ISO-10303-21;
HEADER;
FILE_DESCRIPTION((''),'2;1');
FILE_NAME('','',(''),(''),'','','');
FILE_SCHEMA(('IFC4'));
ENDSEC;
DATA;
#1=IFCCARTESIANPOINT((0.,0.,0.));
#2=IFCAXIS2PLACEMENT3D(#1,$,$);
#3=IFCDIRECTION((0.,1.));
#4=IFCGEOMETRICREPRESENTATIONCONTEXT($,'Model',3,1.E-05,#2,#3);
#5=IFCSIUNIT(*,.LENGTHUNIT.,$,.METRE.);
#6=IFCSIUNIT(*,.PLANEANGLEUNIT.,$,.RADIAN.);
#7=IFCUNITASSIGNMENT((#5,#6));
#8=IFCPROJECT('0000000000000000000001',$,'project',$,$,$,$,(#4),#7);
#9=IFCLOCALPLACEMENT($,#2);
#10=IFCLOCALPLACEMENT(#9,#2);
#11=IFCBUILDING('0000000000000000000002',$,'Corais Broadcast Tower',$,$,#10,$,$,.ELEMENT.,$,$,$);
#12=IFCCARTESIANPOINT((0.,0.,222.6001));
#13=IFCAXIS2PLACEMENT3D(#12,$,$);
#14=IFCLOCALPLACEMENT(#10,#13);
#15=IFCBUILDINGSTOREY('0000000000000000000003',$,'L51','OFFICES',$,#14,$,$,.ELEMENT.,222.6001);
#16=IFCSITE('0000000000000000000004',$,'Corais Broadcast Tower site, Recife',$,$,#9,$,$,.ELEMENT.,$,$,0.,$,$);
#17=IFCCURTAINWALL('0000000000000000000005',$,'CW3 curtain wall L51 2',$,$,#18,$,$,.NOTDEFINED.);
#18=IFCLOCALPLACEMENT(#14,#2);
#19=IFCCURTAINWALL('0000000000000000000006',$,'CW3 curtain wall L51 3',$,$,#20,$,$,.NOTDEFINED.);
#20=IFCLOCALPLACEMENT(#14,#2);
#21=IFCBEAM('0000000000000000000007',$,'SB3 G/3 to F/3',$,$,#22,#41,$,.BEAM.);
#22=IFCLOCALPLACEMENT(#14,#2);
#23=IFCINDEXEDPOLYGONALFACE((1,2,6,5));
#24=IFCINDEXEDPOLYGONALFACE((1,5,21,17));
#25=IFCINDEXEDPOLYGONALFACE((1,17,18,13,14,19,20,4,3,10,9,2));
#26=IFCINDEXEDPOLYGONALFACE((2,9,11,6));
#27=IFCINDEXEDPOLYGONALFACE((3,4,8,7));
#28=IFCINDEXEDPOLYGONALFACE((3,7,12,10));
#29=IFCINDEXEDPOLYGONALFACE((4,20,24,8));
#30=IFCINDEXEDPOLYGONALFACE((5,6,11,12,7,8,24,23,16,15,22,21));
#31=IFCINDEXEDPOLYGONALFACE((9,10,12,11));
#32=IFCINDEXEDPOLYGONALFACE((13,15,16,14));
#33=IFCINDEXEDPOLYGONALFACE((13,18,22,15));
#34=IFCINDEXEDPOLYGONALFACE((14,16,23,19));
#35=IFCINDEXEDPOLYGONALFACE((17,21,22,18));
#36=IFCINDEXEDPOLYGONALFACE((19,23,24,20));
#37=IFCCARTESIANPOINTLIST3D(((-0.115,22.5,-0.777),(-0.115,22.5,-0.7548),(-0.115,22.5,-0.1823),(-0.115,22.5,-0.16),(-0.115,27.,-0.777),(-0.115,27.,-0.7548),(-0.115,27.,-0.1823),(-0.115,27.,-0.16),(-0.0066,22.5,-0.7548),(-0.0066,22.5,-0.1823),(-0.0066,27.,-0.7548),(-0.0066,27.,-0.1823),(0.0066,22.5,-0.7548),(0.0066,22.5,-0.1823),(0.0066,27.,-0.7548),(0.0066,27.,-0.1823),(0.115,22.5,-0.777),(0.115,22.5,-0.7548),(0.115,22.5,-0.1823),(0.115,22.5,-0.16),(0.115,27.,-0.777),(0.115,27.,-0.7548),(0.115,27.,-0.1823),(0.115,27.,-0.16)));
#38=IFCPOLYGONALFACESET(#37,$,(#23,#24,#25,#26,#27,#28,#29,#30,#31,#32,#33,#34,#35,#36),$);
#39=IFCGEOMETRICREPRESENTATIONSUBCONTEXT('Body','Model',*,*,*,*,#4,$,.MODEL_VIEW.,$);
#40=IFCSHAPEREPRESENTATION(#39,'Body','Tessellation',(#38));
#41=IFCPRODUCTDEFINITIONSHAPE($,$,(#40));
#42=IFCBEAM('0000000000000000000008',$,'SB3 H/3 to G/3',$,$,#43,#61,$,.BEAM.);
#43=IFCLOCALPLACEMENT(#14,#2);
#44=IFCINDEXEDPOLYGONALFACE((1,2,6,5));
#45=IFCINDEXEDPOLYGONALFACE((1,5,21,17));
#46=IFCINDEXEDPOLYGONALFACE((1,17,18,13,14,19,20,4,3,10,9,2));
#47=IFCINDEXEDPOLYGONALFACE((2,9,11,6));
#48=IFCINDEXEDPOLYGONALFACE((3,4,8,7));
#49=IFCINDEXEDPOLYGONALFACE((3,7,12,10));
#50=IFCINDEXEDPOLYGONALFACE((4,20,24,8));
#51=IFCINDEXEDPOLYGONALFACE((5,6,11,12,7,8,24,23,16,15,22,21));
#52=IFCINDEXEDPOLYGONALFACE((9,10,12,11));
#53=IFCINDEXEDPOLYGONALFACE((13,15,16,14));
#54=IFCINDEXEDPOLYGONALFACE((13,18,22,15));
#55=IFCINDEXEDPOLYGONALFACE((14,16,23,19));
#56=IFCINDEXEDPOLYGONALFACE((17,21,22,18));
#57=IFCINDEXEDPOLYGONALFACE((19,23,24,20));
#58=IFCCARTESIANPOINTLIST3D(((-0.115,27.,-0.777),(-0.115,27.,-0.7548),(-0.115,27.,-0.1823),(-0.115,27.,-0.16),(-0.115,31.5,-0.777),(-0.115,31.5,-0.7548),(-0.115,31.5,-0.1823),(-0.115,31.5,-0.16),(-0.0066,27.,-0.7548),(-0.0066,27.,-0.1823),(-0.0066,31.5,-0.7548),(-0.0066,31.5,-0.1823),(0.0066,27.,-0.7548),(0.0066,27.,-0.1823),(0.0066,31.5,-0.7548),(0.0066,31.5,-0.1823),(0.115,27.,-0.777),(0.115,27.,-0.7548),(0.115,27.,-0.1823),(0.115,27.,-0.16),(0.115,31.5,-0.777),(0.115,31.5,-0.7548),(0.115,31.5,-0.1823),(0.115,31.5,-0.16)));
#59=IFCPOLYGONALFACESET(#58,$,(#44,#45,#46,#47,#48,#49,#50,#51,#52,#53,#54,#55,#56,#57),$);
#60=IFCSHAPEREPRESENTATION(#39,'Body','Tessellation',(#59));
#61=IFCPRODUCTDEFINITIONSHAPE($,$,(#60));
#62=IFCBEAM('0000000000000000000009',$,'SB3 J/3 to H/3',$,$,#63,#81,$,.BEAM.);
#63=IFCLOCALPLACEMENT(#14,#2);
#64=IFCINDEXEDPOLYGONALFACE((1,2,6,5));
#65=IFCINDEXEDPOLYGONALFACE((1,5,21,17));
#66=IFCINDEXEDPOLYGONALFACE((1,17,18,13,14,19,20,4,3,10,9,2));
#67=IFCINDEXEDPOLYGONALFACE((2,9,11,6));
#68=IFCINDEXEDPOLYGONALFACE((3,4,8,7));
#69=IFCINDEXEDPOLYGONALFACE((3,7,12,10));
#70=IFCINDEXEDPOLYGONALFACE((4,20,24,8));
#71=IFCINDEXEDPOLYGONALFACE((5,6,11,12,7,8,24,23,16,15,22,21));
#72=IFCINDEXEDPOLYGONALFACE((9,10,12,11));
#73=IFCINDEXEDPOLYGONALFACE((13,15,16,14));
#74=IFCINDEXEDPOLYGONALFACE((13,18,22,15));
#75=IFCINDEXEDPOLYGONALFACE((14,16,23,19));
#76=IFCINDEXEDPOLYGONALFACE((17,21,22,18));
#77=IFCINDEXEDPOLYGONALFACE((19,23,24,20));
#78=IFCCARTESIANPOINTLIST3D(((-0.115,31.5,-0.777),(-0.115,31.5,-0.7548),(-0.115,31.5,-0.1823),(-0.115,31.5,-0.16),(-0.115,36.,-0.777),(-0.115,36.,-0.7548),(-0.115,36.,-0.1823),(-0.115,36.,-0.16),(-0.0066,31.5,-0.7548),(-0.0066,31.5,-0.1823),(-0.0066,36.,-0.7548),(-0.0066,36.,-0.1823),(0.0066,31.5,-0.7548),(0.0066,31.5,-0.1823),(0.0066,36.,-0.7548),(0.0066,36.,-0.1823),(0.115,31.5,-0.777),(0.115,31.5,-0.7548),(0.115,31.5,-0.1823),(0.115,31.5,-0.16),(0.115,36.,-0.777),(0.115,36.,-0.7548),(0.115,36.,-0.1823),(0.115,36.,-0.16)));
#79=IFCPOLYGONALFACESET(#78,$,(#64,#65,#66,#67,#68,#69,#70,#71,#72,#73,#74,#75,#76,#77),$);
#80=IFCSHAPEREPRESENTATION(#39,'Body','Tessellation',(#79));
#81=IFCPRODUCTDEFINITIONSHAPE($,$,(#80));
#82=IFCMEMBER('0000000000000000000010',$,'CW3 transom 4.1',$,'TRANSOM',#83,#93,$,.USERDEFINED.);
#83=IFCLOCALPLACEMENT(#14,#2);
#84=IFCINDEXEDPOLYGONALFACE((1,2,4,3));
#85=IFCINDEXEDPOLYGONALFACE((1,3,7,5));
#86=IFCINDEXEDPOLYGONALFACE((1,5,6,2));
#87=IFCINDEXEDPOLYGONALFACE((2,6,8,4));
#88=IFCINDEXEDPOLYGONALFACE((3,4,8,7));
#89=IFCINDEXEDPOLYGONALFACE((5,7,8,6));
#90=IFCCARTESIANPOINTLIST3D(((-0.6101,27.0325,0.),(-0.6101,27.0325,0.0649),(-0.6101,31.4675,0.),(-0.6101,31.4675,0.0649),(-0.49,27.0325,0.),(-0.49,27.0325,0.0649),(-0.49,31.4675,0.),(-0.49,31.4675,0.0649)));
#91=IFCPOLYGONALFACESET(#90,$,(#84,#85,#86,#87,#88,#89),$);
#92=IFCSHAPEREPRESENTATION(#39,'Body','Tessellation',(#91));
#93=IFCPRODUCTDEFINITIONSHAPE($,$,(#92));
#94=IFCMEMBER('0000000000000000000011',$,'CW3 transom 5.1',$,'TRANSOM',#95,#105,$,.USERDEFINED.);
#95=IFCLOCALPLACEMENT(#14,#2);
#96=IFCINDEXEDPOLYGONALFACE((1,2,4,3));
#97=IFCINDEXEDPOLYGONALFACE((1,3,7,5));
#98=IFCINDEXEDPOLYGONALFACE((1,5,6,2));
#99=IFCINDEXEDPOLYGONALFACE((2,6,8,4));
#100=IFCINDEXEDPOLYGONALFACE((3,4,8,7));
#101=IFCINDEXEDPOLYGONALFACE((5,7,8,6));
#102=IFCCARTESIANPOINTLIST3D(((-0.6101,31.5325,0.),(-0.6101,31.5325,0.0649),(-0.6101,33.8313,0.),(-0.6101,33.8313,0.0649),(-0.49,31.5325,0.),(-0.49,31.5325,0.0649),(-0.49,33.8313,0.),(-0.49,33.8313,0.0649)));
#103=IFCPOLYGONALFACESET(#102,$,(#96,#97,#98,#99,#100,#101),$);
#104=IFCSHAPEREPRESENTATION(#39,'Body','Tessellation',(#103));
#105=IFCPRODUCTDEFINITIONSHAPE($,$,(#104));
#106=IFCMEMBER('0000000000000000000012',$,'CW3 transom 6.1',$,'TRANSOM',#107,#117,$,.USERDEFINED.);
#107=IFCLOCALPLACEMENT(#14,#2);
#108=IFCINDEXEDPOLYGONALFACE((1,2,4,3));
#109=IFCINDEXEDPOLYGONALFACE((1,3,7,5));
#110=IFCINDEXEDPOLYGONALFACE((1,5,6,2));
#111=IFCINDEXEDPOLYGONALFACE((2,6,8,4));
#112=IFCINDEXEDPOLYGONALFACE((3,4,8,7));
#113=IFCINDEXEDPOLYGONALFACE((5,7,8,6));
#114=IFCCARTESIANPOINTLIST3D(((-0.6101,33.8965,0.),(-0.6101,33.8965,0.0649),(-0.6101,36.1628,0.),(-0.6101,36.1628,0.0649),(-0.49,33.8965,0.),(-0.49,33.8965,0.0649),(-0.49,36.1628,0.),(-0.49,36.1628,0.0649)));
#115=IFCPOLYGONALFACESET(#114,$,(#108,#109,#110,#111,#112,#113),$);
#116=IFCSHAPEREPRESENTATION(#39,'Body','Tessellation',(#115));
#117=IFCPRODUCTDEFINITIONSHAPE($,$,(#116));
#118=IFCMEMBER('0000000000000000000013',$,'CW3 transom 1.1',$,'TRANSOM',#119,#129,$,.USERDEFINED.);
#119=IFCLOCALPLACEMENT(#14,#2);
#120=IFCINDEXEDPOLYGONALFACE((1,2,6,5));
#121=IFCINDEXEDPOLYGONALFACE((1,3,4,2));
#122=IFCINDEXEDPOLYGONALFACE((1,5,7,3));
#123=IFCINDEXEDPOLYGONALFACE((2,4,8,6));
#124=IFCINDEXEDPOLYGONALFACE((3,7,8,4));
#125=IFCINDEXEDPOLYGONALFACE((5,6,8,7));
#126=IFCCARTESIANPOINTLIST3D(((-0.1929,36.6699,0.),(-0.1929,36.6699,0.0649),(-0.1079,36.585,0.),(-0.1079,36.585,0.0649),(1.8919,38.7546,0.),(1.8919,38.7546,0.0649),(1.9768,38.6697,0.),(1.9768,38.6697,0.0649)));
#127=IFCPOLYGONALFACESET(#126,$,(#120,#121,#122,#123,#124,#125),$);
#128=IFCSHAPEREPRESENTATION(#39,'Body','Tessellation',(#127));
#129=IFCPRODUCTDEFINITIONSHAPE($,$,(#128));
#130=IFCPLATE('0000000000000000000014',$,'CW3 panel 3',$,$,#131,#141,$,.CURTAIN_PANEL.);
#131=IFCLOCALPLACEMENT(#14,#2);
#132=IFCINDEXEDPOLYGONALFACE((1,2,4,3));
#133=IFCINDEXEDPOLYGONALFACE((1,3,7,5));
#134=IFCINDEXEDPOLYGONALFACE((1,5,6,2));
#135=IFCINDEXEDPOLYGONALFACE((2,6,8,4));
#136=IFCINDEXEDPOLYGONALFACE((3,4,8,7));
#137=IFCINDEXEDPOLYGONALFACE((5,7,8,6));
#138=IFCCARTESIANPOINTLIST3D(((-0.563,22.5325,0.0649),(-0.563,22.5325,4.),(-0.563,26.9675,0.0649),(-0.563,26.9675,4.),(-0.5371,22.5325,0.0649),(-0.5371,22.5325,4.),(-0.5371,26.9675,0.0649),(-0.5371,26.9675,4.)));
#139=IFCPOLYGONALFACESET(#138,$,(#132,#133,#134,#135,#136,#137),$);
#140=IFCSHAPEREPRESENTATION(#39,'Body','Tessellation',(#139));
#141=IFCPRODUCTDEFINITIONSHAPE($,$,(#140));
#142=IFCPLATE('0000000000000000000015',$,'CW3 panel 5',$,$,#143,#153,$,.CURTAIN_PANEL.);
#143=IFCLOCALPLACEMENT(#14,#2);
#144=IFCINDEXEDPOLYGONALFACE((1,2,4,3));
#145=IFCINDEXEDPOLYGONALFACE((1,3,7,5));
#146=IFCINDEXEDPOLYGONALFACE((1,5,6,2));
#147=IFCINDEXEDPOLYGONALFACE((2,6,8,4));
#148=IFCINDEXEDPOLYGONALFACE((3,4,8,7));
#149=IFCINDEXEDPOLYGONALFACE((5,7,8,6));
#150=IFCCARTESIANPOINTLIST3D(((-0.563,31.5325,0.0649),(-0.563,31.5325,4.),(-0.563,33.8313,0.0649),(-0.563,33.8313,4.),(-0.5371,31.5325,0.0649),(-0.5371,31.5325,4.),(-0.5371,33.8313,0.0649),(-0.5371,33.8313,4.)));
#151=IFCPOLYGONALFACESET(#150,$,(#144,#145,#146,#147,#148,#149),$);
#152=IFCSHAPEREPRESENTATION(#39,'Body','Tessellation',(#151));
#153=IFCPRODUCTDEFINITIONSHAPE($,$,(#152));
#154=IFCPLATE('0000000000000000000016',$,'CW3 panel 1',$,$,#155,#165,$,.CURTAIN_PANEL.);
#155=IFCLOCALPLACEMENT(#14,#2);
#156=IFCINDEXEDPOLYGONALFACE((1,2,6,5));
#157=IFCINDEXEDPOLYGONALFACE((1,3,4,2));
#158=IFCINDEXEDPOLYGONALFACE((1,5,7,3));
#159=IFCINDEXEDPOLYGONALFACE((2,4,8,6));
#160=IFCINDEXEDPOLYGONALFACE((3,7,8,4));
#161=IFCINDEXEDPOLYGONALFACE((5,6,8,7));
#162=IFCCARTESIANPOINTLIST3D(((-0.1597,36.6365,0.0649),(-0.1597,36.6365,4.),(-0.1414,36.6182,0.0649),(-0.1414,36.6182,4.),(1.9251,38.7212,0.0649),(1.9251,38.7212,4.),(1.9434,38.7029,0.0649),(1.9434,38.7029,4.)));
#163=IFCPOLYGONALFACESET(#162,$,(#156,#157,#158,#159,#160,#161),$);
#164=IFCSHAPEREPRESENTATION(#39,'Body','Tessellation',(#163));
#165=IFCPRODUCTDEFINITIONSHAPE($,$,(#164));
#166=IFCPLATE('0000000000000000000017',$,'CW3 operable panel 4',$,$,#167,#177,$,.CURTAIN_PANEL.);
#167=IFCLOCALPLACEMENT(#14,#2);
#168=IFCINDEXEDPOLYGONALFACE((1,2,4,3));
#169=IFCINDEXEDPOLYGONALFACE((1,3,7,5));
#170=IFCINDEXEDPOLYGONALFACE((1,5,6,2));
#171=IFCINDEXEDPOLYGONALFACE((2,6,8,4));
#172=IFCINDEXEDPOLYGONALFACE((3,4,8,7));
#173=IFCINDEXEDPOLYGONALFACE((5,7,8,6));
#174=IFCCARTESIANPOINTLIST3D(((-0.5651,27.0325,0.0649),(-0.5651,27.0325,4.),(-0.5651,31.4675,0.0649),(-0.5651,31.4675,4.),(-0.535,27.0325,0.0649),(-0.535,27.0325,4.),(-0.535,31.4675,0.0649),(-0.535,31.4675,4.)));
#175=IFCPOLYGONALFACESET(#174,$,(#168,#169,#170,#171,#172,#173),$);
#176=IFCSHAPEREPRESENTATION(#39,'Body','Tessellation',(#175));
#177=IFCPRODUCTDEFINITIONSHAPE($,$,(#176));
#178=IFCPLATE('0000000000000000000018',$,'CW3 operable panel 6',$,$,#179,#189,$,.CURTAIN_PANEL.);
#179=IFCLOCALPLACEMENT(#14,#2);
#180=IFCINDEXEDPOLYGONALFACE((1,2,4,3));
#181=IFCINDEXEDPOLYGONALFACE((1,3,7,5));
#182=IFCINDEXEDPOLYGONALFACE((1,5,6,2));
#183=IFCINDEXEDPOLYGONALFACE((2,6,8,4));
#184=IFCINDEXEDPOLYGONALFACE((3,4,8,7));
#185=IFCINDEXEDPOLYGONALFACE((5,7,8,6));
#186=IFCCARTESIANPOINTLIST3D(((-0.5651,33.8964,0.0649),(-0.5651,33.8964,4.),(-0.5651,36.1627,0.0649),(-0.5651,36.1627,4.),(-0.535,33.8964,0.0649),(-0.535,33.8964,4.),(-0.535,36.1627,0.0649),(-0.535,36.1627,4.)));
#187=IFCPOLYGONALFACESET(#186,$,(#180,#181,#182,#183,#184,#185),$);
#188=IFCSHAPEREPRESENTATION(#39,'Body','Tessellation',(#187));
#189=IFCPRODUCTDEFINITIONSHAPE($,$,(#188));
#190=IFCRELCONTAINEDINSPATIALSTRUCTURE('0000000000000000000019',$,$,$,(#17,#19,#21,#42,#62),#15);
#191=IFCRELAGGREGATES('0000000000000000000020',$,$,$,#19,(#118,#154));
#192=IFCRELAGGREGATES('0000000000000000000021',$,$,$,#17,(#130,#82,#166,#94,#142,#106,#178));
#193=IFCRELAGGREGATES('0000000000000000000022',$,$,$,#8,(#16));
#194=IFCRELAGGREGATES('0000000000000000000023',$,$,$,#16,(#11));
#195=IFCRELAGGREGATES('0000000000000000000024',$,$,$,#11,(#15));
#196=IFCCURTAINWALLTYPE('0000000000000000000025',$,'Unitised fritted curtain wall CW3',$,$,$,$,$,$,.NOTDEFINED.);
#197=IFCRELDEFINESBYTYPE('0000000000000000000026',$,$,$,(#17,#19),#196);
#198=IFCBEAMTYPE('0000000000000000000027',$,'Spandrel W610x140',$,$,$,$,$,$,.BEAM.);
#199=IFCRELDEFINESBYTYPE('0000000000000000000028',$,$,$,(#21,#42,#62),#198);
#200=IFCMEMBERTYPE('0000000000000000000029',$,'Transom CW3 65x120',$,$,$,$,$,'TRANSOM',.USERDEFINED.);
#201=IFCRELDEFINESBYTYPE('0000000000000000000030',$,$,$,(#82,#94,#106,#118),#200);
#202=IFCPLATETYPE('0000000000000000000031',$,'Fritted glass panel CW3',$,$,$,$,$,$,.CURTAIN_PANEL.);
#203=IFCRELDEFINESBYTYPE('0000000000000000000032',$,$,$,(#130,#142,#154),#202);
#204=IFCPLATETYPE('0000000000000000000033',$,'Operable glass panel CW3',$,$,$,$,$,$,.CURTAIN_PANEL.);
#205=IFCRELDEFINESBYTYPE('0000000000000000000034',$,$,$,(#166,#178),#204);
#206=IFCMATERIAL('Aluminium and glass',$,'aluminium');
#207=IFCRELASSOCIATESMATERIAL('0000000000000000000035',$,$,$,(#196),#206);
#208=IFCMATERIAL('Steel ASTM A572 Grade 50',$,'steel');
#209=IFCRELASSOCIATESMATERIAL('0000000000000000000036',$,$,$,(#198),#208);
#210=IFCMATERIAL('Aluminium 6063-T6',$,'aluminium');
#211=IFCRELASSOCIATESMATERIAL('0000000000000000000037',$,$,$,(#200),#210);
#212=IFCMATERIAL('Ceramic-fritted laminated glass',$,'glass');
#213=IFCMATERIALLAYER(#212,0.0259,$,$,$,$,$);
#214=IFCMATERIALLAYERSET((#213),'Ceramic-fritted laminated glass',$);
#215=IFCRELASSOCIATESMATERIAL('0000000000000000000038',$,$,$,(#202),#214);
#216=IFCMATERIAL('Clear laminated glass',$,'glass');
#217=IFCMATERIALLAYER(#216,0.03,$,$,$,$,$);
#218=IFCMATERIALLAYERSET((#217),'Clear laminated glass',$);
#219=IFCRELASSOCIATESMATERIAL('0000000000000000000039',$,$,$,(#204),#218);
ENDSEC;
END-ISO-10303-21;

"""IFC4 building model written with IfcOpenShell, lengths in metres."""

from ifc_helpers import new_model, si_unit, direction, frame, origin, origin_2d, place, context, subcontext, project, spatial, rectangle, i_section, extrude, material, layer, layer_set, material_profile, profile_set, type_object, element, aggregate, save


model = new_model("IFC4")

# Units and contexts
model_context = context("Model", 3, precision=1e-05, world=origin(), true_north=direction((0.0, 1.0)))
body_context = subcontext(model_context, "Body", "Model", "MODEL_VIEW")
ifc_project = project(units=[si_unit("LENGTHUNIT", "METRE"), si_unit("PLANEANGLEUNIT", "RADIAN")], contexts=[model_context])

# Site, building, storey
site_placement = place(None, origin())
site = spatial("IfcSite", under=ifc_project, at=site_placement, Name="Corais Broadcast Tower site, Recife", CompositionType="ELEMENT", RefElevation=0.0)
building_placement = place(site_placement, origin())
building = spatial("IfcBuilding", under=site, at=building_placement, Name="Corais Broadcast Tower", CompositionType="ELEMENT")
storey_placement = place(building_placement, frame((0.0, 0.0, 222.6001)))
storey = spatial("IfcBuildingStorey", under=building, at=storey_placement, Name="L51", Description="OFFICES", CompositionType="ELEMENT", Elevation=222.6001)

# Curtain walls
ifc_material_1 = material(Name="Aluminium and glass", Category="aluminium")
curtain_wall_type = type_object("IfcCurtainWallType", Name="Unitised fritted curtain wall CW3", PredefinedType="NOTDEFINED", material=ifc_material_1)
curtain_wall_1_placement = place(storey_placement, origin())
curtain_wall_1 = element("IfcCurtainWall", 1, at=curtain_wall_1_placement, inside=storey, type_object=curtain_wall_type, Name="CW3 curtain wall L51 2", PredefinedType="NOTDEFINED")
curtain_wall_2_placement = place(storey_placement, origin())
curtain_wall_2 = element("IfcCurtainWall", 2, at=curtain_wall_2_placement, inside=storey, type_object=curtain_wall_type, Name="CW3 curtain wall L51 3", PredefinedType="NOTDEFINED")

# Beams
ifc_material_2 = material(Name="Steel ASTM A572 Grade 50", Category="steel")
ifc_material_profile_1 = material_profile(ifc_material_2, i_section(OverallWidth=0.23, OverallDepth=0.6169, WebThickness=0.0132, FlangeThickness=0.0222, at=origin_2d()), Name="W610x140")
ifc_profile_set_1 = profile_set([ifc_material_profile_1], Name="Steel ASTM A572 Grade 50")
beam_type_1 = type_object("IfcBeamType", Name="Spandrel W610x140", PredefinedType="BEAM", material=ifc_profile_set_1)
for number, where, z_axis, x_axis, name in (
    (3, (0.0, 27.0, -0.4685), (0.0, -1.0, 0.0), (1.0, 0.0, 0.0), "SB3 G/3 to F/3"),
    (4, (0.0, 31.5, -0.4685), (0.0, -1.0, 0.0), (1.0, 0.0, 0.0), "SB3 H/3 to G/3"),
    (5, (0.0, 36.0, -0.4685), (0.0, -1.0, 0.0), (1.0, 0.0, 0.0), "SB3 J/3 to H/3"),
):
    element("IfcBeam", number, at=place(storey_placement, frame(where, z_axis=z_axis, x_axis=x_axis)), inside=storey, type_object=beam_type_1, Name=name, PredefinedType="BEAM", context=body_context, shape_type="SweptSolid", body=[
        extrude(i_section(OverallWidth=0.23, OverallDepth=0.6169, WebThickness=0.0132, FlangeThickness=0.0222, at=origin_2d()), origin(), (0.0, 0.0, 1.0), 4.5),
    ])

# Members
ifc_material_3 = material(Name="Aluminium 6063-T6", Category="aluminium")
ifc_material_profile_2 = material_profile(ifc_material_3, rectangle(XDim=0.1201, YDim=0.0649, at=origin_2d()), Name="Transom CW3 65x120")
ifc_profile_set_2 = profile_set([ifc_material_profile_2], Name="Aluminium 6063-T6")
member_type_1 = type_object("IfcMemberType", Name="Transom CW3 65x120", ElementType="TRANSOM", PredefinedType="USERDEFINED", material=ifc_profile_set_2)
member_1_placement = place(storey_placement, frame((-0.55, 27.0325, 0.0325), z_axis=(0.0, 1.0, 0.0), x_axis=(-1.0, 0.0, 0.0)))
member_1 = element("IfcMember", 6, at=member_1_placement, type_object=member_type_1, Name="CW3 transom 4.1", ObjectType="TRANSOM", PredefinedType="USERDEFINED", context=body_context, shape_type="SweptSolid", body=[
    extrude(rectangle(XDim=0.1201, YDim=0.0649, at=origin_2d()), origin(), (0.0, 0.0, 1.0), 4.4351),
])
member_2_placement = place(storey_placement, frame((-0.55, 31.5325, 0.0325), z_axis=(0.0, 1.0, 0.0), x_axis=(-1.0, 0.0, 0.0)))
member_2 = element("IfcMember", 7, at=member_2_placement, type_object=member_type_1, Name="CW3 transom 5.1", ObjectType="TRANSOM", PredefinedType="USERDEFINED", context=body_context, shape_type="SweptSolid", body=[
    extrude(rectangle(XDim=0.1201, YDim=0.0649, at=origin_2d()), origin(), (0.0, 0.0, 1.0), 2.2988),
])
member_3_placement = place(storey_placement, frame((-0.55, 33.8965, 0.0325), z_axis=(0.0, 1.0, 0.0), x_axis=(-1.0, 0.0, 0.0)))
member_3 = element("IfcMember", 8, at=member_3_placement, type_object=member_type_1, Name="CW3 transom 6.1", ObjectType="TRANSOM", PredefinedType="USERDEFINED", context=body_context, shape_type="SweptSolid", body=[
    extrude(rectangle(XDim=0.1201, YDim=0.0649, at=origin_2d()), origin(), (0.0, 0.0, 1.0), 2.2664),
])
member_4_placement = place(storey_placement, frame((-0.1504, 36.6274, 0.0325), z_axis=(0.707107, 0.707107, 0.0), x_axis=(-0.707107, 0.707107, 0.0)))
member_4 = element("IfcMember", 9, at=member_4_placement, type_object=member_type_1, Name="CW3 transom 1.1", ObjectType="TRANSOM", PredefinedType="USERDEFINED", context=body_context, shape_type="SweptSolid", body=[
    extrude(rectangle(XDim=0.1201, YDim=0.0649, at=origin_2d()), origin(), (0.0, 0.0, 1.0), 2.9482),
])

# Plates
ifc_material_4 = material(Name="Ceramic-fritted laminated glass", Category="glass")
ifc_layer_1 = layer(ifc_material_4, 0.0259)
ifc_layer_set_1 = layer_set([ifc_layer_1], Name="Ceramic-fritted laminated glass")
plate_type_1 = type_object("IfcPlateType", Name="Fritted glass panel CW3", PredefinedType="CURTAIN_PANEL", material=ifc_layer_set_1)
plate_1_placement = place(storey_placement, frame((-0.55, 24.75, 0.0649), z_axis=(0.0, 0.0, 1.0), x_axis=(0.0, 1.0, 0.0)))
plate_1 = element("IfcPlate", 10, at=plate_1_placement, type_object=plate_type_1, Name="CW3 panel 3", PredefinedType="CURTAIN_PANEL", context=body_context, shape_type="SweptSolid", body=[
    extrude(rectangle(XDim=4.4351, YDim=0.0259, at=origin_2d()), origin(), (0.0, 0.0, 1.0), 3.9351),
])
plate_2_placement = place(storey_placement, frame((-0.55, 32.6819, 0.0649), z_axis=(0.0, 0.0, 1.0), x_axis=(0.0, 1.0, 0.0)))
plate_2 = element("IfcPlate", 11, at=plate_2_placement, type_object=plate_type_1, Name="CW3 panel 5", PredefinedType="CURTAIN_PANEL", context=body_context, shape_type="SweptSolid", body=[
    extrude(rectangle(XDim=2.2988, YDim=0.0259, at=origin_2d()), origin(), (0.0, 0.0, 1.0), 3.9351),
])
plate_3_placement = place(storey_placement, frame((0.8918, 37.6697, 0.0649), z_axis=(0.0, 0.0, 1.0), x_axis=(0.707107, 0.707107, 0.0)))
plate_3 = element("IfcPlate", 12, at=plate_3_placement, type_object=plate_type_1, Name="CW3 panel 1", PredefinedType="CURTAIN_PANEL", context=body_context, shape_type="SweptSolid", body=[
    extrude(rectangle(XDim=2.9482, YDim=0.0259, at=origin_2d()), origin(), (0.0, 0.0, 1.0), 3.9351),
])
aggregate(curtain_wall_2, [member_4, plate_3])
ifc_material_5 = material(Name="Clear laminated glass", Category="glass")
ifc_layer_2 = layer(ifc_material_5, 0.03)
ifc_layer_set_2 = layer_set([ifc_layer_2], Name="Clear laminated glass")
plate_type_2 = type_object("IfcPlateType", Name="Operable glass panel CW3", PredefinedType="CURTAIN_PANEL", material=ifc_layer_set_2)
plate_4_placement = place(storey_placement, frame((-0.55, 29.25, 0.0649), z_axis=(0.0, 0.0, 1.0), x_axis=(0.0, 1.0, 0.0)))
plate_4 = element("IfcPlate", 13, at=plate_4_placement, type_object=plate_type_2, Name="CW3 operable panel 4", PredefinedType="CURTAIN_PANEL", context=body_context, shape_type="SweptSolid", body=[
    extrude(rectangle(XDim=4.4351, YDim=0.03, at=origin_2d()), origin(), (0.0, 0.0, 1.0), 3.9351),
])
plate_5_placement = place(storey_placement, frame((-0.55, 35.0295, 0.0649), z_axis=(0.0, 0.0, 1.0), x_axis=(0.0, 1.0, 0.0)))
plate_5 = element("IfcPlate", 14, at=plate_5_placement, type_object=plate_type_2, Name="CW3 operable panel 6", PredefinedType="CURTAIN_PANEL", context=body_context, shape_type="SweptSolid", body=[
    extrude(rectangle(XDim=2.2664, YDim=0.03, at=origin_2d()), origin(), (0.0, 0.0, 1.0), 3.9351),
])
aggregate(curtain_wall_1, [plate_1, member_1, plate_4, member_2, plate_2, member_3, plate_5])

save(model, "model.ifc")
